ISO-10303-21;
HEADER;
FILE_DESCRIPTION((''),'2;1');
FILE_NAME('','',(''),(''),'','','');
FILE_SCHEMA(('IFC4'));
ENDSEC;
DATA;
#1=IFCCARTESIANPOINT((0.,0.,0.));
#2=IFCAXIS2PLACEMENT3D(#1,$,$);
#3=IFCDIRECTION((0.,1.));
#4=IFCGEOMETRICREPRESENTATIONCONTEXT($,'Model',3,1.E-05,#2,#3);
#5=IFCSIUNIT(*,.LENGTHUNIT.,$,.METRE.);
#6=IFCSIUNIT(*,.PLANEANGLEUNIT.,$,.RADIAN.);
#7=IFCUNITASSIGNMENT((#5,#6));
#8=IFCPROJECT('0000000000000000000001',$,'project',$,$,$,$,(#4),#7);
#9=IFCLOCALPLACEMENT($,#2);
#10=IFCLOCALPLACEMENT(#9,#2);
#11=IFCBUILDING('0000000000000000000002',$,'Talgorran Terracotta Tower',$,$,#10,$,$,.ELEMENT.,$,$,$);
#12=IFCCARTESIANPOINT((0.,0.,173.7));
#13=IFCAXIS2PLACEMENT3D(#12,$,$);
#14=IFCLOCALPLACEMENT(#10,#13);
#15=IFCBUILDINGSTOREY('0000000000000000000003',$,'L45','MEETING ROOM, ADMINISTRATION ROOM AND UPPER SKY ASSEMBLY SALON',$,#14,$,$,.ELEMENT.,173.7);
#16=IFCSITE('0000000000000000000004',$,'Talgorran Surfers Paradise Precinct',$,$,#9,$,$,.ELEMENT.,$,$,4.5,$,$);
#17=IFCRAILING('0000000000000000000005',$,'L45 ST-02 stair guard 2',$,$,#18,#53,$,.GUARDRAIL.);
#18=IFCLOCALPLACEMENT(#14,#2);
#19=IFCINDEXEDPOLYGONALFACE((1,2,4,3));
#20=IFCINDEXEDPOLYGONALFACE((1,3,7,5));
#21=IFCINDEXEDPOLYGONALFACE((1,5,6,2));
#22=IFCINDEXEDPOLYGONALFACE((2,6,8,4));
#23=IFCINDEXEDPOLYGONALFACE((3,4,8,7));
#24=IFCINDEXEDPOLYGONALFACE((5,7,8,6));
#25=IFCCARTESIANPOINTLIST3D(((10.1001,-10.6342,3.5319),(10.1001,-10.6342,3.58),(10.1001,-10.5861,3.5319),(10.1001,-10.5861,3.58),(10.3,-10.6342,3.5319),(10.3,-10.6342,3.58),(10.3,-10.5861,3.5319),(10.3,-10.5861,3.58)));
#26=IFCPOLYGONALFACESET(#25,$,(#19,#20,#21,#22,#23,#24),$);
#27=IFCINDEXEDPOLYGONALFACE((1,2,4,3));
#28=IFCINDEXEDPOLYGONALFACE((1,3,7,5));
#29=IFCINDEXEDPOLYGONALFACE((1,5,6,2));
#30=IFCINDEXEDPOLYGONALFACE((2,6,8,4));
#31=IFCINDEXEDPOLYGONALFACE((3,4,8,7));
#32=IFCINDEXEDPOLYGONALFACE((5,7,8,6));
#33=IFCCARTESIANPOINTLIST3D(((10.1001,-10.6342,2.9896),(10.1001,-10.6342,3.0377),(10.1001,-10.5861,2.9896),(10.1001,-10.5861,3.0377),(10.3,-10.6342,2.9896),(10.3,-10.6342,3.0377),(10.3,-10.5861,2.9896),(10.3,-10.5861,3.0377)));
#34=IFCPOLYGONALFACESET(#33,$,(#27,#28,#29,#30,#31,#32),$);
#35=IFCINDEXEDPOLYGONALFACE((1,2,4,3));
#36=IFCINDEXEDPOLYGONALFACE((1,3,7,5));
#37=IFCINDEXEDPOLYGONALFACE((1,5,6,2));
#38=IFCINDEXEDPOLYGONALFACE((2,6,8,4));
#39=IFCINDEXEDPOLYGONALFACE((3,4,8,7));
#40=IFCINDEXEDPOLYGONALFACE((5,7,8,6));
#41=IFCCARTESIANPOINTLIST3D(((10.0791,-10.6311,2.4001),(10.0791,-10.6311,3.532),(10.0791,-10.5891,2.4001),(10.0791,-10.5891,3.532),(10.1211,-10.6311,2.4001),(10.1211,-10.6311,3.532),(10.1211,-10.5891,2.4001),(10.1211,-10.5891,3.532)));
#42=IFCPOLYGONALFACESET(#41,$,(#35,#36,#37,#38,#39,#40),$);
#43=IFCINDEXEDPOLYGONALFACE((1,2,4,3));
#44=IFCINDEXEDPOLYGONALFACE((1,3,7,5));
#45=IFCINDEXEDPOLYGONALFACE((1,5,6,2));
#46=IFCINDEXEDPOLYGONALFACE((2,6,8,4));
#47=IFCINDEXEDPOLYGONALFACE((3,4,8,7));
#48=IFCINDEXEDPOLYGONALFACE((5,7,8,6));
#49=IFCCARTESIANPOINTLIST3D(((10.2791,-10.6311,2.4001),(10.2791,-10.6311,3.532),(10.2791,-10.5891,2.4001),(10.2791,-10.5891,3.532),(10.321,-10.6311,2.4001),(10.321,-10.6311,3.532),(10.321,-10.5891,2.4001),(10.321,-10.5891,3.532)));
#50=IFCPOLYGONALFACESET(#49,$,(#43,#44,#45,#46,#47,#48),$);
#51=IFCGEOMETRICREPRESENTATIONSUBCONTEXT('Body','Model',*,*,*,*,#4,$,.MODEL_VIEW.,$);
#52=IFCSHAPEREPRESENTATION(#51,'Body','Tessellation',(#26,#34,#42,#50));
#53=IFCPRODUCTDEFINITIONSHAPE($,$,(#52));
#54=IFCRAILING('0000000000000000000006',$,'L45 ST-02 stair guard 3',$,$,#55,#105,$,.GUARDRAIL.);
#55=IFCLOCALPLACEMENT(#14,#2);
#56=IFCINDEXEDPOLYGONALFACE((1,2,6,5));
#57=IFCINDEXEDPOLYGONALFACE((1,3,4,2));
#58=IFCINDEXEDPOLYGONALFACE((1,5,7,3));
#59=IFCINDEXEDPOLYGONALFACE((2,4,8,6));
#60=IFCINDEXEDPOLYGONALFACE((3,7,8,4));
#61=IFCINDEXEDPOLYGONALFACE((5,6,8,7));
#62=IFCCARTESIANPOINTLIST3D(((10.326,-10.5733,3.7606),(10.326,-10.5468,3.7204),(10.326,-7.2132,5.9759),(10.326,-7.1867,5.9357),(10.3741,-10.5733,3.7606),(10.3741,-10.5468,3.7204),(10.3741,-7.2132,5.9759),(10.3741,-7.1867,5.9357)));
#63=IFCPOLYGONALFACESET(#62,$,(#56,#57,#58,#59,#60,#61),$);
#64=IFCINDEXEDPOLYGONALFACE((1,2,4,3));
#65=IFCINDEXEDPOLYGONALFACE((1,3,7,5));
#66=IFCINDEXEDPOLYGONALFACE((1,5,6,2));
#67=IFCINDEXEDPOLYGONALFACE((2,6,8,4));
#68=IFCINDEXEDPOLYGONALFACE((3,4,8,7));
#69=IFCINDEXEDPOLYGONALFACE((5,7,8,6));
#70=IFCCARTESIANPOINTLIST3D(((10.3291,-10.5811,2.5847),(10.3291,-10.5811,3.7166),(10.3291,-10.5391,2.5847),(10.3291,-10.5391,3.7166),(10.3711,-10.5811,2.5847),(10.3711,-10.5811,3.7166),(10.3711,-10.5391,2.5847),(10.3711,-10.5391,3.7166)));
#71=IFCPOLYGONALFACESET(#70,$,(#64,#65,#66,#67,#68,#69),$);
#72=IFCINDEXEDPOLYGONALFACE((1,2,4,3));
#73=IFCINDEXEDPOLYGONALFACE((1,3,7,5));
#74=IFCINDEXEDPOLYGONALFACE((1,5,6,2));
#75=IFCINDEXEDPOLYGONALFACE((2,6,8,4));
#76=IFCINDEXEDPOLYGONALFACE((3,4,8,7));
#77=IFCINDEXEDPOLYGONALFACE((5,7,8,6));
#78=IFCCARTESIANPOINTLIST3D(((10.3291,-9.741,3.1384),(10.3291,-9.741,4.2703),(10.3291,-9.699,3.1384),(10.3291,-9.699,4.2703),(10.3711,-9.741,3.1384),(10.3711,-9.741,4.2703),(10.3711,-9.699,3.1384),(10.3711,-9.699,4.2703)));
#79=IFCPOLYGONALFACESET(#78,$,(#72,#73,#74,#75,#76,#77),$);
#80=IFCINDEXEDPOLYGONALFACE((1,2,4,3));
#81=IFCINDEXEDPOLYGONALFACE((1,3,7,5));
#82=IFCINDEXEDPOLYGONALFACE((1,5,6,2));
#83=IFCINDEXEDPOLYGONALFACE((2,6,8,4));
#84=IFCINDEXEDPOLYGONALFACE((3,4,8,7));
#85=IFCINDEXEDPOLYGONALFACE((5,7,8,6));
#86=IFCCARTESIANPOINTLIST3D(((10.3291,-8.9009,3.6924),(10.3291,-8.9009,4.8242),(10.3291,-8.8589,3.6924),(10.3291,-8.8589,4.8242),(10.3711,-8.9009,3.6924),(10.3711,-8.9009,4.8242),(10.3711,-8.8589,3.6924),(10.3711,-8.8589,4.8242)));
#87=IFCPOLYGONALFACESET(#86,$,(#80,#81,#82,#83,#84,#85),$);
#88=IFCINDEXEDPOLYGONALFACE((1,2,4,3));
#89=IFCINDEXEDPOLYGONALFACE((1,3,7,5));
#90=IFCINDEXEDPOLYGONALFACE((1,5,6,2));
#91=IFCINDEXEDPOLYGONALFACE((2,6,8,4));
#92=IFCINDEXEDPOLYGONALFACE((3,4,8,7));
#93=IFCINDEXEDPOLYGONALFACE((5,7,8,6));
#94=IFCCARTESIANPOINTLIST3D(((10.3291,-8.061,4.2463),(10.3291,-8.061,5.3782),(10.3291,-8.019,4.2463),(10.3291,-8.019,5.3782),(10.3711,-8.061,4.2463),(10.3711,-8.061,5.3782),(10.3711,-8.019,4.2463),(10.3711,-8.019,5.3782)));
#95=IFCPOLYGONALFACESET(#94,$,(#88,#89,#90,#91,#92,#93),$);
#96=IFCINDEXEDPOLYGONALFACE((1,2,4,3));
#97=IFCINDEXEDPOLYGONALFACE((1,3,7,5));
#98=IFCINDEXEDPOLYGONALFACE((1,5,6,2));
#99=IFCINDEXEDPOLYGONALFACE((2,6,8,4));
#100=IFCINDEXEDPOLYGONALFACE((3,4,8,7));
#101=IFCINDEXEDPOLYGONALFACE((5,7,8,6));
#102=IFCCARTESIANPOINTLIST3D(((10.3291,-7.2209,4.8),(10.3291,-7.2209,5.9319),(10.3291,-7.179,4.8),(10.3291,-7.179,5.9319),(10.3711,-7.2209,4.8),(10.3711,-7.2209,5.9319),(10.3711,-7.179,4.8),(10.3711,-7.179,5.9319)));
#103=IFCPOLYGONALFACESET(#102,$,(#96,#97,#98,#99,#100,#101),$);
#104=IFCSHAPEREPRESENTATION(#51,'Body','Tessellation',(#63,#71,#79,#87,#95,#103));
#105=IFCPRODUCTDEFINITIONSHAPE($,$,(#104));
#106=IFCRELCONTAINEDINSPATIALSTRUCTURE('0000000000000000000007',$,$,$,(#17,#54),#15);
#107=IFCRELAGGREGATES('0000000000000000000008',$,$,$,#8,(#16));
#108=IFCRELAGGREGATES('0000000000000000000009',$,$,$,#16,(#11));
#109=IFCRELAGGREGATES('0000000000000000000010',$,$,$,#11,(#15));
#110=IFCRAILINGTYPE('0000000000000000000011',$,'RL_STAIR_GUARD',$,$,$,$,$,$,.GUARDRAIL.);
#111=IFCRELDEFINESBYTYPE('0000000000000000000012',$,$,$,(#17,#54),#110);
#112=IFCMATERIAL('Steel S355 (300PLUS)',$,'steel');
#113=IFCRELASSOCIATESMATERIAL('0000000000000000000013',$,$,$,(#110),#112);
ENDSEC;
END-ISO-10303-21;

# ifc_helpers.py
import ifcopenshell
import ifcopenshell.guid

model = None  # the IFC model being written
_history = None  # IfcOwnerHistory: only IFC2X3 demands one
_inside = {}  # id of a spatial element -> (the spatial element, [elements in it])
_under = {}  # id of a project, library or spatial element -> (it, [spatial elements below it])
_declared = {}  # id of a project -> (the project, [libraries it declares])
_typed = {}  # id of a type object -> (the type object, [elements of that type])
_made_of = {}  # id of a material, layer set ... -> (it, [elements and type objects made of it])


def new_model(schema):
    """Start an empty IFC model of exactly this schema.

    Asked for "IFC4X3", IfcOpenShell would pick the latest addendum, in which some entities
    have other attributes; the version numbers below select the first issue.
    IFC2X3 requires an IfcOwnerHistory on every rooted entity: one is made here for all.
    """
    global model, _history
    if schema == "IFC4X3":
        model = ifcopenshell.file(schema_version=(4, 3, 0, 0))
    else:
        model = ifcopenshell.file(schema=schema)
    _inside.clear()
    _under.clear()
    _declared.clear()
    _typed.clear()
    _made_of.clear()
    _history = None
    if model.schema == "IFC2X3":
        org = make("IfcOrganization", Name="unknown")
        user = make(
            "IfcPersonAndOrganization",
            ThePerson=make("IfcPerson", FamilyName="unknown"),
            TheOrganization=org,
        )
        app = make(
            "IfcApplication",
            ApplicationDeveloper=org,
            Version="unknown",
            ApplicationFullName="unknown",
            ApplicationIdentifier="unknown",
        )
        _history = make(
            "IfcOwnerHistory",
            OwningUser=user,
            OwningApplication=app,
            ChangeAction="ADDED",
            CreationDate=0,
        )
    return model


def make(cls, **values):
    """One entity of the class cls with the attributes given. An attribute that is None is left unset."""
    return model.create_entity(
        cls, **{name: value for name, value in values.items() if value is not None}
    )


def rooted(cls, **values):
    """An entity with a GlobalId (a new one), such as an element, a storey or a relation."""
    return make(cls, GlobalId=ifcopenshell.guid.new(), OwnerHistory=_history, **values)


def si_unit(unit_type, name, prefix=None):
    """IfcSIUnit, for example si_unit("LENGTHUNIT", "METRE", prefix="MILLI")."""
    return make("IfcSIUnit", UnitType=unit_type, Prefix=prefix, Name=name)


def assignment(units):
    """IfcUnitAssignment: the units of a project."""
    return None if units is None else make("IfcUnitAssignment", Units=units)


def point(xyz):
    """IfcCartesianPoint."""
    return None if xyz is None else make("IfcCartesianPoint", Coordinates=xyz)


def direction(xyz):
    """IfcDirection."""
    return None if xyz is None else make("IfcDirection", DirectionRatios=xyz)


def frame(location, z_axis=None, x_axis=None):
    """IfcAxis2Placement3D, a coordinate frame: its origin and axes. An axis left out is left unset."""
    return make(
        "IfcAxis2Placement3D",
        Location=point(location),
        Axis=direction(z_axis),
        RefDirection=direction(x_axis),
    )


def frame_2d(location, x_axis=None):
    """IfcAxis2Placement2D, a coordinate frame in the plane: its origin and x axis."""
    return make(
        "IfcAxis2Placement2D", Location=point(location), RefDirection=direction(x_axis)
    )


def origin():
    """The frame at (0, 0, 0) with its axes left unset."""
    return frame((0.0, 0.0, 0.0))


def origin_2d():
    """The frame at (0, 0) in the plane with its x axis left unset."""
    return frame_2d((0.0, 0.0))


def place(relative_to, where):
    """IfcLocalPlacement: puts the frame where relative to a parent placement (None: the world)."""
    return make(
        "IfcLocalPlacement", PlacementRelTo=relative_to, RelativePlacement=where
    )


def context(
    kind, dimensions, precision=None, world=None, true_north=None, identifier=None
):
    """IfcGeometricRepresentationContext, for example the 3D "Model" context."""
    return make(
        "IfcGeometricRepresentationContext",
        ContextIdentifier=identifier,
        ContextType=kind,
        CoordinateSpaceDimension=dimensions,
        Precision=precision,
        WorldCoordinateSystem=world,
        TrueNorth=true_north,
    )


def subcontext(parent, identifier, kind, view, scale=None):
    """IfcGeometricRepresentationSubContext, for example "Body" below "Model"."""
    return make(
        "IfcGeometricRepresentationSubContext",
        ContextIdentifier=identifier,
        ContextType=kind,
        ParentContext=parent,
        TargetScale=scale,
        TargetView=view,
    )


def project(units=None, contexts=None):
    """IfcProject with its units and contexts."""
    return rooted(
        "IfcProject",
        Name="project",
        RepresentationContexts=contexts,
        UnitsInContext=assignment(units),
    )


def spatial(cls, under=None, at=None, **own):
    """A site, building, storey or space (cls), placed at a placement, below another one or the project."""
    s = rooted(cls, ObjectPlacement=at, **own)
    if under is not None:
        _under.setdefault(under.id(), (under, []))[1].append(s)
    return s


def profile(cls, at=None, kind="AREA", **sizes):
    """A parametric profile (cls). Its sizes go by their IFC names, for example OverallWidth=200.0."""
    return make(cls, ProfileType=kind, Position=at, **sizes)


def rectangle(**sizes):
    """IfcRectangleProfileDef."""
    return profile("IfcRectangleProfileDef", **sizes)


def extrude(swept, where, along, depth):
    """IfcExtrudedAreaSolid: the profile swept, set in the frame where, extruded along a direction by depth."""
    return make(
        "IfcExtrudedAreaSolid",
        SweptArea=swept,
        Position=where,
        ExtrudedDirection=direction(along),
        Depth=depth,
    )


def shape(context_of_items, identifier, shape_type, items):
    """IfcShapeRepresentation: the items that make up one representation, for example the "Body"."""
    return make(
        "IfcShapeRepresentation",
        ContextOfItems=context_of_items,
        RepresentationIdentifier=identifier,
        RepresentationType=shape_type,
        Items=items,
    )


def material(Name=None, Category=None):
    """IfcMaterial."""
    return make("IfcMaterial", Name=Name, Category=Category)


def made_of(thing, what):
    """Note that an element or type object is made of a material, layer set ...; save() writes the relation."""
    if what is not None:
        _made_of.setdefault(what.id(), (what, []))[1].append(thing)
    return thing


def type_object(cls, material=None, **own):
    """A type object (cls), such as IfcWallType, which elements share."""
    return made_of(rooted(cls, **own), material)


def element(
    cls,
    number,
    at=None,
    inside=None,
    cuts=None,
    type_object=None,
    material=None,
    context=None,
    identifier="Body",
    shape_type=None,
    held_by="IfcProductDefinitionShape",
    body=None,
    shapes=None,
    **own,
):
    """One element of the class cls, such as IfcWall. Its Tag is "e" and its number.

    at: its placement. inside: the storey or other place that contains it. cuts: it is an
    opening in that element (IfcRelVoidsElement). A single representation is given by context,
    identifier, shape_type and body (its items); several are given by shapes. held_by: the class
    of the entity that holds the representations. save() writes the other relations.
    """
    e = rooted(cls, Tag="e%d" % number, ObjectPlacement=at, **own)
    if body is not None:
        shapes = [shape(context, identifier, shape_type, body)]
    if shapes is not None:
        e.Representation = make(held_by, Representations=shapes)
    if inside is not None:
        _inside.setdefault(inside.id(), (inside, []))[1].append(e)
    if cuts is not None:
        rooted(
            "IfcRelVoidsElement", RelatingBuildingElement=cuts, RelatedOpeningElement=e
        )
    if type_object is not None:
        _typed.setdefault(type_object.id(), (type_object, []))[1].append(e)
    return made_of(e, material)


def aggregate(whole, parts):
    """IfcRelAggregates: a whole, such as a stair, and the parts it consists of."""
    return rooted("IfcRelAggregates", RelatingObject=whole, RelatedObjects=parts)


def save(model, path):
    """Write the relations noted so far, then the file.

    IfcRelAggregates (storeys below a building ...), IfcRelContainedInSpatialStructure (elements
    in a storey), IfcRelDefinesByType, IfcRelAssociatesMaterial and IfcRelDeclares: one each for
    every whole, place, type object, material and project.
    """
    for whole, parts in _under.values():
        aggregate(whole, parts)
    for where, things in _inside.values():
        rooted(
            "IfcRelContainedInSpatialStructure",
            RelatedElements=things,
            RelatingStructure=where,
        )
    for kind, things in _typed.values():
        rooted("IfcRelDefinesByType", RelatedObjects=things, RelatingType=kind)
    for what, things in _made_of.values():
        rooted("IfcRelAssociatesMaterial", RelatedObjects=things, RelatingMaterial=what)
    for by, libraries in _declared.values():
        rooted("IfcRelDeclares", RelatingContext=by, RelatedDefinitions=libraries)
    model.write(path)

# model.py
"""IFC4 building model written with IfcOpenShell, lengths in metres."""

from ifc_helpers import new_model, si_unit, direction, frame, origin, origin_2d, place, context, subcontext, project, spatial, rectangle, extrude, material, type_object, element, save


model = new_model("IFC4")

# Units and contexts
model_context = context("Model", 3, precision=1e-05, world=origin(), true_north=direction((0.0, 1.0)))
body_context = subcontext(model_context, "Body", "Model", "MODEL_VIEW")
ifc_project = project(units=[si_unit("LENGTHUNIT", "METRE"), si_unit("PLANEANGLEUNIT", "RADIAN")], contexts=[model_context])

# Site, building, storey
site_placement = place(None, origin())
site = spatial("IfcSite", under=ifc_project, at=site_placement, Name="Talgorran Surfers Paradise Precinct", CompositionType="ELEMENT", RefElevation=4.5)
building_placement = place(site_placement, origin())
building = spatial("IfcBuilding", under=site, at=building_placement, Name="Talgorran Terracotta Tower", CompositionType="ELEMENT")
storey_placement = place(building_placement, frame((0.0, 0.0, 173.7)))
storey = spatial("IfcBuildingStorey", under=building, at=storey_placement, Name="L45", Description="MEETING ROOM, ADMINISTRATION ROOM AND UPPER SKY ASSEMBLY SALON", CompositionType="ELEMENT", Elevation=173.7)

# Shared definitions
ifc_material_1 = material(Name="Steel S355 (300PLUS)", Category="steel")

# Railings
railing_type_1 = type_object("IfcRailingType", Name="RL_STAIR_GUARD", PredefinedType="GUARDRAIL", material=ifc_material_1)
railing_1_placement = place(storey_placement, frame((10.1001, -10.6101, 2.4001)))
element("IfcRailing", 1, at=railing_1_placement, inside=storey, type_object=railing_type_1, Name="L45 ST-02 stair guard 2", PredefinedType="GUARDRAIL", context=body_context, shape_type="SweptSolid", body=[
    extrude(rectangle(XDim=0.0481, YDim=0.0481, at=origin_2d()), frame((0.0, 0.0, 1.1558), z_axis=(1.0, 0.0, 0.0), x_axis=(0.0, 1.0, 0.0)), (0.0, 0.0, 1.0), 0.2),
    extrude(rectangle(XDim=0.0481, YDim=0.0481, at=origin_2d()), frame((0.0, 0.0, 0.6135), z_axis=(1.0, 0.0, 0.0), x_axis=(0.0, 1.0, 0.0)), (0.0, 0.0, 1.0), 0.2),
    extrude(rectangle(XDim=0.042, YDim=0.042, at=origin_2d()), origin(), (0.0, 0.0, 1.0), 1.1318),
    extrude(rectangle(XDim=0.042, YDim=0.042, at=origin_2d()), frame((0.2, 0.0, 0.0)), (0.0, 0.0, 1.0), 1.1318),
])
railing_2_placement = place(storey_placement, frame((10.3501, -10.5601, 2.5847)))
element("IfcRailing", 2, at=railing_2_placement, inside=storey, type_object=railing_type_1, Name="L45 ST-02 stair guard 3", PredefinedType="GUARDRAIL", context=body_context, shape_type="SweptSolid", body=[
    extrude(rectangle(XDim=0.0481, YDim=0.0481, at=origin_2d()), frame((0.0, 0.0, 1.1558), z_axis=(0.0, 0.834876, 0.550437), x_axis=(-1.0, 0.0, 0.0)), (0.0, 0.0, 1.0), 4.0247),
    extrude(rectangle(XDim=0.042, YDim=0.042, at=origin_2d()), origin(), (0.0, 0.0, 1.0), 1.1318),
    extrude(rectangle(XDim=0.042, YDim=0.042, at=origin_2d()), frame((0.0, 0.8401, 0.5537)), (0.0, 0.0, 1.0), 1.1318),
    extrude(rectangle(XDim=0.042, YDim=0.042, at=origin_2d()), frame((0.0, 1.6802, 1.1077)), (0.0, 0.0, 1.0), 1.1318),
    extrude(rectangle(XDim=0.042, YDim=0.042, at=origin_2d()), frame((0.0, 2.52, 1.6616)), (0.0, 0.0, 1.0), 1.1318),
    extrude(rectangle(XDim=0.042, YDim=0.042, at=origin_2d()), frame((0.0, 3.3601, 2.2153)), (0.0, 0.0, 1.0), 1.1318),
])

save(model, "model.ifc")
